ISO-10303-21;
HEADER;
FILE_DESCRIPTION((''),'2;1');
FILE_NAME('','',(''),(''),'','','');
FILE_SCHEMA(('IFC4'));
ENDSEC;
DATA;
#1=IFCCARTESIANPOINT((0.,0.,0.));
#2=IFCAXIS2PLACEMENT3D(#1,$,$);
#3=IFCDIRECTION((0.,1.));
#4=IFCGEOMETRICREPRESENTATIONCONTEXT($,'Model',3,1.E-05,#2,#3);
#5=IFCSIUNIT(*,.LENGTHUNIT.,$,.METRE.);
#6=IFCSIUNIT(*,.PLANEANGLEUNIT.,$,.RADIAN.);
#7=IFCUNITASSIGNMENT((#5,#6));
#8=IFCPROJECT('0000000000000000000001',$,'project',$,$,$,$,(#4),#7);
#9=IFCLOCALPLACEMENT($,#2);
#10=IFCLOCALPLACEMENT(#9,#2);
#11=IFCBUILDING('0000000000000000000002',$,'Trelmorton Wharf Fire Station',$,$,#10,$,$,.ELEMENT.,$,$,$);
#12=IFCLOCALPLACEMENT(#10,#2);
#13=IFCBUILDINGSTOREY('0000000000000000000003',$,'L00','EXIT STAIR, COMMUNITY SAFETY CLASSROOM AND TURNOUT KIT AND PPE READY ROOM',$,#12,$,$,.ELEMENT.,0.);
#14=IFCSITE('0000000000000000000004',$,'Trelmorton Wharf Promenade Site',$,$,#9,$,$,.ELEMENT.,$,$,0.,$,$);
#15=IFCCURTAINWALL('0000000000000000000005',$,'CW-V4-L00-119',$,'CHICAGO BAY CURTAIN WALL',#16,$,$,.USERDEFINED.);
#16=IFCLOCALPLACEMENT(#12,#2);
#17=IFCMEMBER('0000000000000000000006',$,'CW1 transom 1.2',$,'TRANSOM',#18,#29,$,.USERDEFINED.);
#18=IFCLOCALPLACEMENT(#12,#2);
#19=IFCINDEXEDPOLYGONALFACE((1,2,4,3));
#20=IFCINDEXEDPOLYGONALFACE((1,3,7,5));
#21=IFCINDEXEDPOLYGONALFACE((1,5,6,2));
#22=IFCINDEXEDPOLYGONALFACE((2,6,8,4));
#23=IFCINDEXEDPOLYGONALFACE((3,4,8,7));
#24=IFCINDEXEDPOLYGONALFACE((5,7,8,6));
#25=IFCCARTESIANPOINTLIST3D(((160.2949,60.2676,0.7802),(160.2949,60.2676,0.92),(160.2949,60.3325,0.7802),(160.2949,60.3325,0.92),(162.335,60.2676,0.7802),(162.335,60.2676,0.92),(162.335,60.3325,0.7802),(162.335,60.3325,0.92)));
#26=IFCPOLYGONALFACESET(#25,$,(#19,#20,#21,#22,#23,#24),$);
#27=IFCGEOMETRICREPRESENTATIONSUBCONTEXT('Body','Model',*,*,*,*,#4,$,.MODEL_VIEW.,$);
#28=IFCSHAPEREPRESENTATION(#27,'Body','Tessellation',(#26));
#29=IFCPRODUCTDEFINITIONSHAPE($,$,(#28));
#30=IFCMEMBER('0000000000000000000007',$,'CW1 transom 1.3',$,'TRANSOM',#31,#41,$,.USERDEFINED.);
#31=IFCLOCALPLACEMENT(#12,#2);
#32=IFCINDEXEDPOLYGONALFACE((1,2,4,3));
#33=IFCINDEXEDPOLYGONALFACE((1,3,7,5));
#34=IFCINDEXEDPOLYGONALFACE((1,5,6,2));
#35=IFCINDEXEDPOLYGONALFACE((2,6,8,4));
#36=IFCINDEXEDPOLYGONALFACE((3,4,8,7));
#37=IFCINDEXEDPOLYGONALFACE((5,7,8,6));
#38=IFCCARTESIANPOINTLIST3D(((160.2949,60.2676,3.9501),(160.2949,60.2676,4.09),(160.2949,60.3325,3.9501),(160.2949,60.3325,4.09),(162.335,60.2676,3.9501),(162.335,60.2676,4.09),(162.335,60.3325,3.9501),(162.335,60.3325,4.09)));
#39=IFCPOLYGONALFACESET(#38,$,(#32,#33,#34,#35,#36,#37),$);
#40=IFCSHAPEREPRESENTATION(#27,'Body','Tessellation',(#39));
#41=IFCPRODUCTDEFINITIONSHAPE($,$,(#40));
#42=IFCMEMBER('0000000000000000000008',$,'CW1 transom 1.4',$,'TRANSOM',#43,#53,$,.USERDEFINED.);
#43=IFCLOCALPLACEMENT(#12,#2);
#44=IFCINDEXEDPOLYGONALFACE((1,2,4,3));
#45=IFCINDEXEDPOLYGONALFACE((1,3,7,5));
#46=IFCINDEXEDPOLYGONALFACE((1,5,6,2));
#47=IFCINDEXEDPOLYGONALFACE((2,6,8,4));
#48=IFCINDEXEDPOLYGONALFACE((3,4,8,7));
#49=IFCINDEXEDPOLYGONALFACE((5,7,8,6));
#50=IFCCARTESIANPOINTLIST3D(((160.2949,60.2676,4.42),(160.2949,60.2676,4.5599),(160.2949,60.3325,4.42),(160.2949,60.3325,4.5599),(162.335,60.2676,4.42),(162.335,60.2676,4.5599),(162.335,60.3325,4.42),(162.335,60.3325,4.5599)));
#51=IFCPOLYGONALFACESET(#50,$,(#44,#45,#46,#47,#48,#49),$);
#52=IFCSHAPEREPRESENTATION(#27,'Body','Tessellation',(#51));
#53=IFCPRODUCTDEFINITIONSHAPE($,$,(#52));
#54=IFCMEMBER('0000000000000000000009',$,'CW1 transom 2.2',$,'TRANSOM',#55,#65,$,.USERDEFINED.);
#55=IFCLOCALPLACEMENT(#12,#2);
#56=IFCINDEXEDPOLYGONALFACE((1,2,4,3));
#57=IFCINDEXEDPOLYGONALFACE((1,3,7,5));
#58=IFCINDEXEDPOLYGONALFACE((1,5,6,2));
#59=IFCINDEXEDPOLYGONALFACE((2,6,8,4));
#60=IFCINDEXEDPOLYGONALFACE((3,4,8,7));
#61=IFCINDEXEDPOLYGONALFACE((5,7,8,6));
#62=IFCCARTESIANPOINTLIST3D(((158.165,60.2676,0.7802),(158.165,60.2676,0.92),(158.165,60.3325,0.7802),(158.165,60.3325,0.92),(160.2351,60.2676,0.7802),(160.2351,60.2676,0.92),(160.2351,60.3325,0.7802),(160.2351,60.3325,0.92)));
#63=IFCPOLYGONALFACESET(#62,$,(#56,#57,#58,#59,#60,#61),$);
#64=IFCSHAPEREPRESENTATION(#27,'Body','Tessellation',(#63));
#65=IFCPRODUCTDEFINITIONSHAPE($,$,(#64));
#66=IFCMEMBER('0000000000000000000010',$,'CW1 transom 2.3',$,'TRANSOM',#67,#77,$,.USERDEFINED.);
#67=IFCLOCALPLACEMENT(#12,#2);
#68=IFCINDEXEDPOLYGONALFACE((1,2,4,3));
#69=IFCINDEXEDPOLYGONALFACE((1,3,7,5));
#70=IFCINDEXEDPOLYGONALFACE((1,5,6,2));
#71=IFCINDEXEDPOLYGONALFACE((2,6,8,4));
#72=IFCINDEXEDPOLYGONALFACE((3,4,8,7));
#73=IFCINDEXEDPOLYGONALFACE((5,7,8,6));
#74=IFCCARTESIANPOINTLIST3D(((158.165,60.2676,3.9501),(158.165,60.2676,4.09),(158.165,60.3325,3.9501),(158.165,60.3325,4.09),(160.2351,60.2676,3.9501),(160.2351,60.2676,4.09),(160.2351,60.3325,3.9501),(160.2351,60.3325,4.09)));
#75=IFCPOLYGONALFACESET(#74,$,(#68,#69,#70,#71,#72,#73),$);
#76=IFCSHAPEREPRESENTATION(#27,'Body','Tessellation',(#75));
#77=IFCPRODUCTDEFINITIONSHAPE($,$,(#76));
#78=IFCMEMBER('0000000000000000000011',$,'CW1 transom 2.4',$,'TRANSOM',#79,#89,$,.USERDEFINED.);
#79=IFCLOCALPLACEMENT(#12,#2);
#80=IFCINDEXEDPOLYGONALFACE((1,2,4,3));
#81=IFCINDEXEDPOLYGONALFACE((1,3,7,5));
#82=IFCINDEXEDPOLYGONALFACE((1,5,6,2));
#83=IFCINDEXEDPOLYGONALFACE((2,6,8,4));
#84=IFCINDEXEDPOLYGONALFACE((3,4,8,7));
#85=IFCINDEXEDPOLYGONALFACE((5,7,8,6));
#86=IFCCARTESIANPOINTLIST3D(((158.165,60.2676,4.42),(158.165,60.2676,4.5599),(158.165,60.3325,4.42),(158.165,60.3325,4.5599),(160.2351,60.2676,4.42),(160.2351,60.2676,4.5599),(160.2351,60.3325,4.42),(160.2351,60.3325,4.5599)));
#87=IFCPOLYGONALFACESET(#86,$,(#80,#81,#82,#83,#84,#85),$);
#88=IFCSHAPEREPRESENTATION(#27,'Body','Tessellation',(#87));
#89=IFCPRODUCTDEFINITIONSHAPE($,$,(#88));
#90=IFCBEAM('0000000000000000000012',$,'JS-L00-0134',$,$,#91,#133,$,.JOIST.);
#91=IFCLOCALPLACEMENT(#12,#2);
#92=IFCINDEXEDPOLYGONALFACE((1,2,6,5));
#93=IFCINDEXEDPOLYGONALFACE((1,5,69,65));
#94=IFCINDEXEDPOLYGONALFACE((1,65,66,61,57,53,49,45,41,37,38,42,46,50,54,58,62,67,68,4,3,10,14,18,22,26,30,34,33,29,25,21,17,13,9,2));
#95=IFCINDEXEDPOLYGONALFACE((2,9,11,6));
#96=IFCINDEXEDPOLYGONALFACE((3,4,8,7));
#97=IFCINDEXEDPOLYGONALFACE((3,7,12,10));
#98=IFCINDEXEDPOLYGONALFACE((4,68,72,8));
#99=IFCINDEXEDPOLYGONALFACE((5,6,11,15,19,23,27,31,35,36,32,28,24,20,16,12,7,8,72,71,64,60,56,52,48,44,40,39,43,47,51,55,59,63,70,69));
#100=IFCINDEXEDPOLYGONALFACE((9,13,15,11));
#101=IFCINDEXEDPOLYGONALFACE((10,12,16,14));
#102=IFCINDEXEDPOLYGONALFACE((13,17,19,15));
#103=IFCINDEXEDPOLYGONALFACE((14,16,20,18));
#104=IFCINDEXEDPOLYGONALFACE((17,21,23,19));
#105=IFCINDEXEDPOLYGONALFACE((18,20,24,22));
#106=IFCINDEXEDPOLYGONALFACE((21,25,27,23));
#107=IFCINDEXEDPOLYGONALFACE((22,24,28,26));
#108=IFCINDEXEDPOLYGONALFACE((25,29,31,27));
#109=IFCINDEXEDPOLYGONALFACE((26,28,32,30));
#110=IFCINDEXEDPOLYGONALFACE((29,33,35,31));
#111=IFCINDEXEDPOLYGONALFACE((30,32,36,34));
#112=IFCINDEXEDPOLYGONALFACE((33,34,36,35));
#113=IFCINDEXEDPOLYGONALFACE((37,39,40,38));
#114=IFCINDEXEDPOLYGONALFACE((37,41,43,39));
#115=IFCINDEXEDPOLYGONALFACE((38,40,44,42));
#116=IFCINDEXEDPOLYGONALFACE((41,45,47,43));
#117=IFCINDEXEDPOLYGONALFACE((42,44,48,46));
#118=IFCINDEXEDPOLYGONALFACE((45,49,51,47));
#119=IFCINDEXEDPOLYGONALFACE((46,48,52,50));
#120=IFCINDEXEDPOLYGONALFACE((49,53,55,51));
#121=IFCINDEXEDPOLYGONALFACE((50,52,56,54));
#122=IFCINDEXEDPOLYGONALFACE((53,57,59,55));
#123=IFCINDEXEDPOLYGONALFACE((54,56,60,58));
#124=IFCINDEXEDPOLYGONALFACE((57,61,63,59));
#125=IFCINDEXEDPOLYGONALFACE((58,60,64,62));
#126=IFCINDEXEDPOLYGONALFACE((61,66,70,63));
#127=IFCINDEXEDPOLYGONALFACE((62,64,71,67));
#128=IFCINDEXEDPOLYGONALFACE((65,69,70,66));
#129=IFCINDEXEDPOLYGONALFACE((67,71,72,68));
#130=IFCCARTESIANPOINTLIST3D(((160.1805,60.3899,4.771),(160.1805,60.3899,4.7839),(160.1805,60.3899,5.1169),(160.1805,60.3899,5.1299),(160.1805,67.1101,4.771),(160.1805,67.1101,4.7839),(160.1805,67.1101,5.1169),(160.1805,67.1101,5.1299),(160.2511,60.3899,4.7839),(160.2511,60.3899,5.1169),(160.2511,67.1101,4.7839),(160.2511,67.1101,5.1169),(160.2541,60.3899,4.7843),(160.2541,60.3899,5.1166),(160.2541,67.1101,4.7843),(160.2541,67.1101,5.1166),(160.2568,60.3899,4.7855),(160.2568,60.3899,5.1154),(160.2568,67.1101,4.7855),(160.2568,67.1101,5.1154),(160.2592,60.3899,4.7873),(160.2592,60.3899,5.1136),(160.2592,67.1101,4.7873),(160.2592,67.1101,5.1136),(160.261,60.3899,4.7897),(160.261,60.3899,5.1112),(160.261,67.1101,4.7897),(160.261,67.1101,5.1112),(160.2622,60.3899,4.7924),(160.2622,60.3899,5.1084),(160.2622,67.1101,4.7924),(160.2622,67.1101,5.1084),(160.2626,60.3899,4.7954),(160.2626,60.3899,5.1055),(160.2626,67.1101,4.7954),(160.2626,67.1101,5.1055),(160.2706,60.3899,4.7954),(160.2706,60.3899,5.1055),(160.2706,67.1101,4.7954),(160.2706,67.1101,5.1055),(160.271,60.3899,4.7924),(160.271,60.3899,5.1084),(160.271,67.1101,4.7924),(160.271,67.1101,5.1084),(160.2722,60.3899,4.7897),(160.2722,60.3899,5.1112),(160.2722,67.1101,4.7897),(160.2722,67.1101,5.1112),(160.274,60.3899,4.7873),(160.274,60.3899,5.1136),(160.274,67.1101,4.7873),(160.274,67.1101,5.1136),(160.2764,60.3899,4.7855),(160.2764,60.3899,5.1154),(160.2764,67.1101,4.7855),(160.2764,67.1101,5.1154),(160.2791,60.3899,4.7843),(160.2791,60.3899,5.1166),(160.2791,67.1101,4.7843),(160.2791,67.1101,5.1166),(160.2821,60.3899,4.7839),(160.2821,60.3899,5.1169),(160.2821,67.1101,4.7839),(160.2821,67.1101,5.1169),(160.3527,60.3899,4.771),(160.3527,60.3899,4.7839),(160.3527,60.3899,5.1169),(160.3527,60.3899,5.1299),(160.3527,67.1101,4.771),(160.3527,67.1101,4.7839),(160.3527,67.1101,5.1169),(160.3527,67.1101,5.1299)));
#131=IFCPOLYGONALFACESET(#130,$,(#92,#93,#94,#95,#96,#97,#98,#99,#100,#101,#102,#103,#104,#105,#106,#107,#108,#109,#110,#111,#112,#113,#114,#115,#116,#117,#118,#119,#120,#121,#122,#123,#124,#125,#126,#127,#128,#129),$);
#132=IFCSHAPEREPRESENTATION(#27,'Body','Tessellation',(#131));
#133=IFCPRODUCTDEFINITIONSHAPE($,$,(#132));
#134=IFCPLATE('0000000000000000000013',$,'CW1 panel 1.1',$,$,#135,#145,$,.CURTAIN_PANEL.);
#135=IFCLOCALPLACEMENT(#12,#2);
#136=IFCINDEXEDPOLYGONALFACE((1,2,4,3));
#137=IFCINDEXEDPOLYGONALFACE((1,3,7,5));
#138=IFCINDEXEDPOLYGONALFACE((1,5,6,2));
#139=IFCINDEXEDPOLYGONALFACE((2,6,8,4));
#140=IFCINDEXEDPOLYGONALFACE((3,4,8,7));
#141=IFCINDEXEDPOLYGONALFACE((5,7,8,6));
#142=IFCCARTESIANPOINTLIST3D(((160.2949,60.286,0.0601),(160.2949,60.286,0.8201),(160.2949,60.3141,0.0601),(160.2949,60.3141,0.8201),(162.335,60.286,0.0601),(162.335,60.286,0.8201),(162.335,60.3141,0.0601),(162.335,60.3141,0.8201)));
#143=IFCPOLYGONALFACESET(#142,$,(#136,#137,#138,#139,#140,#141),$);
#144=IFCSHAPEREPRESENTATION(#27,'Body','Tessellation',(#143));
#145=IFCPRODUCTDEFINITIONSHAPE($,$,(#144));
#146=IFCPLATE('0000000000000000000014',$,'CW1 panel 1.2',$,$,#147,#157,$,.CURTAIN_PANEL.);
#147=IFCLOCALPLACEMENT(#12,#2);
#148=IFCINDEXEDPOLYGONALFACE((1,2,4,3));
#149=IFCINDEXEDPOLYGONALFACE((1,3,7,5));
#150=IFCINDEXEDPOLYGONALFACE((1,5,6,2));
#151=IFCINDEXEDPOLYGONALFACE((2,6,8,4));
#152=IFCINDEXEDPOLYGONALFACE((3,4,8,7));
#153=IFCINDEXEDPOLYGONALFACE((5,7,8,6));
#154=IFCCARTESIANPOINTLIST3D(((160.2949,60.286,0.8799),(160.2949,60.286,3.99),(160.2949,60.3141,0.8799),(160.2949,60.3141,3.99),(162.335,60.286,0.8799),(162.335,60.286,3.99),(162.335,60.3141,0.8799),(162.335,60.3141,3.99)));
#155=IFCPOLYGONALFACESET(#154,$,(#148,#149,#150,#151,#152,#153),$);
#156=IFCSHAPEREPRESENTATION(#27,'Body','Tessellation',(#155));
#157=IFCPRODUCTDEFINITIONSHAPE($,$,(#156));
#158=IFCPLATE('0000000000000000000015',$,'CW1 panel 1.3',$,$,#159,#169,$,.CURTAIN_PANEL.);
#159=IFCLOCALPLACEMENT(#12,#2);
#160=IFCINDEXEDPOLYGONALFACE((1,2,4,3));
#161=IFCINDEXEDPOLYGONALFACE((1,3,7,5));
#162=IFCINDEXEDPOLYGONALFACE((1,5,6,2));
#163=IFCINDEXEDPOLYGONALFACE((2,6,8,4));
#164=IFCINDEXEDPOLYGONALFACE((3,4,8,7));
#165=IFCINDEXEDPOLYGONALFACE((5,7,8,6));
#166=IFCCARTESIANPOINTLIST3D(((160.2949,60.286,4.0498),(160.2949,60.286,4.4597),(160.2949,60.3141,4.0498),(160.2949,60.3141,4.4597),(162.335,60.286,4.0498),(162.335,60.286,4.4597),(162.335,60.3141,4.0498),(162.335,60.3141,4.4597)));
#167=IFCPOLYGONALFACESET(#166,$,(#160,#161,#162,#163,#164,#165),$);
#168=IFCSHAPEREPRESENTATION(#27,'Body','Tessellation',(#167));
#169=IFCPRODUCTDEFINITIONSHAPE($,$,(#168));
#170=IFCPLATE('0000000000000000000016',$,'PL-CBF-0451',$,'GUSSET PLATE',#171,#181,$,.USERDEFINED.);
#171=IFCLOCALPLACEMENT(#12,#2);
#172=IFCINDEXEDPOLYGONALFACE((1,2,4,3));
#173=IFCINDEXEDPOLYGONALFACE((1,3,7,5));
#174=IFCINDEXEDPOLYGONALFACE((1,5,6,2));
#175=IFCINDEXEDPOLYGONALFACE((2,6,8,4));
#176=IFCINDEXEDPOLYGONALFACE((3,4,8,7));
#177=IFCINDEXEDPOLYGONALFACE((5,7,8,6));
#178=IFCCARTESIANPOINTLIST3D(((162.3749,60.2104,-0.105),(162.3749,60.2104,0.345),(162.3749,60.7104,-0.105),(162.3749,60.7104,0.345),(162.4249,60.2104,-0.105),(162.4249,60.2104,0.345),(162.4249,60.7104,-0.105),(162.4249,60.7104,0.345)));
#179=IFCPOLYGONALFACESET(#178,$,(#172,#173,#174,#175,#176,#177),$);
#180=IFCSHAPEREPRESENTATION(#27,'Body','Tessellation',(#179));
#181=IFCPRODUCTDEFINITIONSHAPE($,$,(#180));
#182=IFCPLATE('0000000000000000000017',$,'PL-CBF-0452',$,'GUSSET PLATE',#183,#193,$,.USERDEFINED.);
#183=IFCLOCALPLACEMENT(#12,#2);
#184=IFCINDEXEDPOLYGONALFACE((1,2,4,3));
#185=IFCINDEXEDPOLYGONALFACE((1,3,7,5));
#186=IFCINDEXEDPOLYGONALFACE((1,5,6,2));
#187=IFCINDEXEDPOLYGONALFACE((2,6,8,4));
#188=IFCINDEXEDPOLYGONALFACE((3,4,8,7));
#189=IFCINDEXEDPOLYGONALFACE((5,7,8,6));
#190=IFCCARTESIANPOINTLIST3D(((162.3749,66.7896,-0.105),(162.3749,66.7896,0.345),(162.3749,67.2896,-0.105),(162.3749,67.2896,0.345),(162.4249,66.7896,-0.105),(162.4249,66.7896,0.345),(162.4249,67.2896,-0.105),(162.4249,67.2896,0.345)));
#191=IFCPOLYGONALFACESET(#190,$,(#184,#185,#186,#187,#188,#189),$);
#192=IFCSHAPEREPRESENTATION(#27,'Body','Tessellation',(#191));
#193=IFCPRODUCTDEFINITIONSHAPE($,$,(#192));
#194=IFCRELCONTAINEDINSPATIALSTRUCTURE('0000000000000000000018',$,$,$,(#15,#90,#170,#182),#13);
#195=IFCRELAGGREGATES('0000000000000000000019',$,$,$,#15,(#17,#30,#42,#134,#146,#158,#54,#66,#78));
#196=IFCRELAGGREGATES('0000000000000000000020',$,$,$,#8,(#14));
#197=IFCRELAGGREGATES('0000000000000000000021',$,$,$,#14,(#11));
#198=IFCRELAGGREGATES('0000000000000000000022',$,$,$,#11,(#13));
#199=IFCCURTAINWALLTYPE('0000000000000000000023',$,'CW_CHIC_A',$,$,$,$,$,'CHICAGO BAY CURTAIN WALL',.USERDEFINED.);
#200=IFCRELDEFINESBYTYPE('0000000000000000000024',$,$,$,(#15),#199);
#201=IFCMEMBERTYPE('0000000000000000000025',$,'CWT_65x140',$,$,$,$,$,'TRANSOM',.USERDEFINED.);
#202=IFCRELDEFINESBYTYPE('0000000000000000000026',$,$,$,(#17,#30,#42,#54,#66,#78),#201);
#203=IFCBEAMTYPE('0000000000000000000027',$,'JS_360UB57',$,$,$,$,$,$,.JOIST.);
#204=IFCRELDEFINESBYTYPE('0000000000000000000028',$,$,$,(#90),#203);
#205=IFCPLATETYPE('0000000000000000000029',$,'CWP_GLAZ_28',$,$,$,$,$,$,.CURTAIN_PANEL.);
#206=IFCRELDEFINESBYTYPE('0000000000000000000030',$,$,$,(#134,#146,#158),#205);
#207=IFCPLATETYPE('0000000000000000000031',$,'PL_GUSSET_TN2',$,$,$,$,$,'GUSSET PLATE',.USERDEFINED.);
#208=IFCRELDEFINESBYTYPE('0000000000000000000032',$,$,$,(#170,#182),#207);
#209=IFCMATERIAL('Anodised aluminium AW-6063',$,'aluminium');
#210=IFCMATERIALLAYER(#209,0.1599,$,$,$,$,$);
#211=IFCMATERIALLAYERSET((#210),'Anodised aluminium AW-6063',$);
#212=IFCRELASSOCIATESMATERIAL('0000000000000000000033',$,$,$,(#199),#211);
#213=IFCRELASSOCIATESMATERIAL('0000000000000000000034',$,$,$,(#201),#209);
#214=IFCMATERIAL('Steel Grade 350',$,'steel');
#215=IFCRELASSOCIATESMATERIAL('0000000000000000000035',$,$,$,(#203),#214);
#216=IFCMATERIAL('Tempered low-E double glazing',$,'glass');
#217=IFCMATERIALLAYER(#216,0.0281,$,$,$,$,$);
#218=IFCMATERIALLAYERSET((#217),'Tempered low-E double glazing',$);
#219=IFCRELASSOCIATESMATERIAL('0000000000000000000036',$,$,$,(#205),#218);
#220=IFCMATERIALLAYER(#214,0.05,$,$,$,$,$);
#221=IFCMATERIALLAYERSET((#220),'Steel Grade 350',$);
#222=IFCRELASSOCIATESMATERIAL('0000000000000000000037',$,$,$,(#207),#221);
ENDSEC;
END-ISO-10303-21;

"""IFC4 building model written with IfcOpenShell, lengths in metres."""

from ifc_helpers import new_model, si_unit, direction, frame, origin, origin_2d, place, context, subcontext, project, spatial, rectangle, i_section, extrude, material, layer, layer_set, material_profile, profile_set, type_object, element, aggregate, save


model = new_model("IFC4")

# Units and contexts
model_context = context("Model", 3, precision=1e-05, world=origin(), true_north=direction((0.0, 1.0)))
body_context = subcontext(model_context, "Body", "Model", "MODEL_VIEW")
ifc_project = project(units=[si_unit("LENGTHUNIT", "METRE"), si_unit("PLANEANGLEUNIT", "RADIAN")], contexts=[model_context])

# Site, building, storey
site_placement = place(None, origin())
site = spatial("IfcSite", under=ifc_project, at=site_placement, Name="Trelmorton Wharf Promenade Site", CompositionType="ELEMENT", RefElevation=0.0)
building_placement = place(site_placement, origin())
building = spatial("IfcBuilding", under=site, at=building_placement, Name="Trelmorton Wharf Fire Station", CompositionType="ELEMENT")
storey_placement = place(building_placement, origin())
storey = spatial("IfcBuildingStorey", under=building, at=storey_placement, Name="L00", Description="EXIT STAIR, COMMUNITY SAFETY CLASSROOM AND TURNOUT KIT AND PPE READY ROOM", CompositionType="ELEMENT", Elevation=0.0)

# Shared definitions
ifc_material_1 = material(Name="Steel Grade 350", Category="steel")

# Curtain wall, members
ifc_material_2 = material(Name="Anodised aluminium AW-6063", Category="aluminium")
ifc_layer_1 = layer(ifc_material_2, 0.1599)
ifc_layer_set_1 = layer_set([ifc_layer_1], Name="Anodised aluminium AW-6063")
curtain_wall_type = type_object("IfcCurtainWallType", Name="CW_CHIC_A", ElementType="CHICAGO BAY CURTAIN WALL", PredefinedType="USERDEFINED", material=ifc_layer_set_1)
curtain_wall_placement = place(storey_placement, origin())
curtain_wall = element("IfcCurtainWall", 1, at=curtain_wall_placement, inside=storey, type_object=curtain_wall_type, Name="CW-V4-L00-119", ObjectType="CHICAGO BAY CURTAIN WALL", PredefinedType="USERDEFINED")
ifc_material_profile_1 = material_profile(ifc_material_2, rectangle(XDim=0.0649, YDim=0.1399, at=origin_2d()), Name="ALU-65x140")
ifc_profile_set_1 = profile_set([ifc_material_profile_1], Name="Anodised aluminium AW-6063")
member_type_1 = type_object("IfcMemberType", Name="CWT_65x140", ElementType="TRANSOM", PredefinedType="USERDEFINED", material=ifc_profile_set_1)
member_1_placement = place(storey_placement, frame((162.335, 60.3, 0.8501), z_axis=(-1.0, 0.0, 0.0), x_axis=(0.0, -1.0, 0.0)))
member_1 = element("IfcMember", 2, at=member_1_placement, type_object=member_type_1, Name="CW1 transom 1.2", ObjectType="TRANSOM", PredefinedType="USERDEFINED", context=body_context, shape_type="SweptSolid", body=[
    extrude(rectangle(XDim=0.0649, YDim=0.1399, at=origin_2d()), origin(), (0.0, 0.0, 1.0), 2.04),
])
member_2_placement = place(storey_placement, frame((162.335, 60.3, 4.02), z_axis=(-1.0, 0.0, 0.0), x_axis=(0.0, -1.0, 0.0)))
member_2 = element("IfcMember", 3, at=member_2_placement, type_object=member_type_1, Name="CW1 transom 1.3", ObjectType="TRANSOM", PredefinedType="USERDEFINED", context=body_context, shape_type="SweptSolid", body=[
    extrude(rectangle(XDim=0.0649, YDim=0.1399, at=origin_2d()), origin(), (0.0, 0.0, 1.0), 2.04),
])
member_3_placement = place(storey_placement, frame((162.335, 60.3, 4.49), z_axis=(-1.0, 0.0, 0.0), x_axis=(0.0, -1.0, 0.0)))
member_3 = element("IfcMember", 4, at=member_3_placement, type_object=member_type_1, Name="CW1 transom 1.4", ObjectType="TRANSOM", PredefinedType="USERDEFINED", context=body_context, shape_type="SweptSolid", body=[
    extrude(rectangle(XDim=0.0649, YDim=0.1399, at=origin_2d()), origin(), (0.0, 0.0, 1.0), 2.04),
])
member_4_placement = place(storey_placement, frame((160.2351, 60.3, 0.8501), z_axis=(-1.0, 0.0, 0.0), x_axis=(0.0, -1.0, 0.0)))
member_4 = element("IfcMember", 5, at=member_4_placement, type_object=member_type_1, Name="CW1 transom 2.2", ObjectType="TRANSOM", PredefinedType="USERDEFINED", context=body_context, shape_type="SweptSolid", body=[
    extrude(rectangle(XDim=0.0649, YDim=0.1399, at=origin_2d()), origin(), (0.0, 0.0, 1.0), 2.0701),
])
member_5_placement = place(storey_placement, frame((160.2351, 60.3, 4.02), z_axis=(-1.0, 0.0, 0.0), x_axis=(0.0, -1.0, 0.0)))
member_5 = element("IfcMember", 6, at=member_5_placement, type_object=member_type_1, Name="CW1 transom 2.3", ObjectType="TRANSOM", PredefinedType="USERDEFINED", context=body_context, shape_type="SweptSolid", body=[
    extrude(rectangle(XDim=0.0649, YDim=0.1399, at=origin_2d()), origin(), (0.0, 0.0, 1.0), 2.0701),
])
member_6_placement = place(storey_placement, frame((160.2351, 60.3, 4.49), z_axis=(-1.0, 0.0, 0.0), x_axis=(0.0, -1.0, 0.0)))
member_6 = element("IfcMember", 7, at=member_6_placement, type_object=member_type_1, Name="CW1 transom 2.4", ObjectType="TRANSOM", PredefinedType="USERDEFINED", context=body_context, shape_type="SweptSolid", body=[
    extrude(rectangle(XDim=0.0649, YDim=0.1399, at=origin_2d()), origin(), (0.0, 0.0, 1.0), 2.0701),
])

# Beam
ifc_material_profile_2 = material_profile(ifc_material_1, i_section(OverallWidth=0.1721, OverallDepth=0.3589, WebThickness=0.0081, FlangeThickness=0.0129, FilletRadius=0.0115, at=origin_2d()), Name="360UB56.7")
ifc_profile_set_2 = profile_set([ifc_material_profile_2], Name="Steel Grade 350")
beam_type_1 = type_object("IfcBeamType", Name="JS_360UB57", PredefinedType="JOIST", material=ifc_profile_set_2)
beam_1_placement = place(storey_placement, frame((160.2666, 60.3899, 4.9504), z_axis=(0.0, 1.0, 0.0), x_axis=(-1.0, 0.0, 0.0)))
element("IfcBeam", 8, at=beam_1_placement, inside=storey, type_object=beam_type_1, Name="JS-L00-0134", PredefinedType="JOIST", context=body_context, shape_type="SweptSolid", body=[
    extrude(i_section(OverallWidth=0.1721, OverallDepth=0.3589, WebThickness=0.0081, FlangeThickness=0.0129, FilletRadius=0.0115, at=origin_2d()), origin(), (0.0, 0.0, 1.0), 6.7202),
])

# Plates
ifc_material_3 = material(Name="Tempered low-E double glazing", Category="glass")
ifc_layer_2 = layer(ifc_material_3, 0.0281)
ifc_layer_set_2 = layer_set([ifc_layer_2], Name="Tempered low-E double glazing")
plate_type_1 = type_object("IfcPlateType", Name="CWP_GLAZ_28", PredefinedType="CURTAIN_PANEL", material=ifc_layer_set_2)
plate_1_placement = place(storey_placement, frame((161.3149, 60.3, 0.0601), z_axis=(0.0, 0.0, 1.0), x_axis=(-1.0, 0.0, 0.0)))
plate_1 = element("IfcPlate", 9, at=plate_1_placement, type_object=plate_type_1, Name="CW1 panel 1.1", PredefinedType="CURTAIN_PANEL", context=body_context, shape_type="SweptSolid", body=[
    extrude(rectangle(XDim=2.04, YDim=0.0281, at=origin_2d()), origin(), (0.0, 0.0, 1.0), 0.76),
])
plate_2_placement = place(storey_placement, frame((161.3149, 60.3, 0.8799), z_axis=(0.0, 0.0, 1.0), x_axis=(-1.0, 0.0, 0.0)))
plate_2 = element("IfcPlate", 10, at=plate_2_placement, type_object=plate_type_1, Name="CW1 panel 1.2", PredefinedType="CURTAIN_PANEL", context=body_context, shape_type="SweptSolid", body=[
    extrude(rectangle(XDim=2.04, YDim=0.0281, at=origin_2d()), origin(), (0.0, 0.0, 1.0), 3.1101),
])
plate_3_placement = place(storey_placement, frame((161.3149, 60.3, 4.0498), z_axis=(0.0, 0.0, 1.0), x_axis=(-1.0, 0.0, 0.0)))
plate_3 = element("IfcPlate", 11, at=plate_3_placement, type_object=plate_type_1, Name="CW1 panel 1.3", PredefinedType="CURTAIN_PANEL", context=body_context, shape_type="SweptSolid", body=[
    extrude(rectangle(XDim=2.04, YDim=0.0281, at=origin_2d()), origin(), (0.0, 0.0, 1.0), 0.4099),
])
aggregate(curtain_wall, [member_1, member_2, member_3, plate_1, plate_2, plate_3, member_4, member_5, member_6])

# Plates
ifc_layer_3 = layer(ifc_material_1, 0.05)
ifc_layer_set_3 = layer_set([ifc_layer_3], Name="Steel Grade 350")
plate_type_2 = type_object("IfcPlateType", Name="PL_GUSSET_TN2", ElementType="GUSSET PLATE", PredefinedType="USERDEFINED", material=ifc_layer_set_3)
for number, where, z_axis, x_axis, name in (
    (12, (162.3999, 60.4604, -0.105), (0.0, 0.0, 1.0), (1.0, 0.0, 0.0), "PL-CBF-0451"),
    (13, (162.3999, 67.0396, -0.105), (0.0, 0.0, 1.0), (1.0, 0.0, 0.0), "PL-CBF-0452"),
):
    element("IfcPlate", number, at=place(storey_placement, frame(where, z_axis=z_axis, x_axis=x_axis)), inside=storey, type_object=plate_type_2, Name=name, ObjectType="GUSSET PLATE", PredefinedType="USERDEFINED", context=body_context, shape_type="SweptSolid", body=[
        extrude(rectangle(XDim=0.05, YDim=0.5, at=origin_2d()), origin(), (0.0, 0.0, 1.0), 0.45),
    ])

save(model, "model.ifc")
